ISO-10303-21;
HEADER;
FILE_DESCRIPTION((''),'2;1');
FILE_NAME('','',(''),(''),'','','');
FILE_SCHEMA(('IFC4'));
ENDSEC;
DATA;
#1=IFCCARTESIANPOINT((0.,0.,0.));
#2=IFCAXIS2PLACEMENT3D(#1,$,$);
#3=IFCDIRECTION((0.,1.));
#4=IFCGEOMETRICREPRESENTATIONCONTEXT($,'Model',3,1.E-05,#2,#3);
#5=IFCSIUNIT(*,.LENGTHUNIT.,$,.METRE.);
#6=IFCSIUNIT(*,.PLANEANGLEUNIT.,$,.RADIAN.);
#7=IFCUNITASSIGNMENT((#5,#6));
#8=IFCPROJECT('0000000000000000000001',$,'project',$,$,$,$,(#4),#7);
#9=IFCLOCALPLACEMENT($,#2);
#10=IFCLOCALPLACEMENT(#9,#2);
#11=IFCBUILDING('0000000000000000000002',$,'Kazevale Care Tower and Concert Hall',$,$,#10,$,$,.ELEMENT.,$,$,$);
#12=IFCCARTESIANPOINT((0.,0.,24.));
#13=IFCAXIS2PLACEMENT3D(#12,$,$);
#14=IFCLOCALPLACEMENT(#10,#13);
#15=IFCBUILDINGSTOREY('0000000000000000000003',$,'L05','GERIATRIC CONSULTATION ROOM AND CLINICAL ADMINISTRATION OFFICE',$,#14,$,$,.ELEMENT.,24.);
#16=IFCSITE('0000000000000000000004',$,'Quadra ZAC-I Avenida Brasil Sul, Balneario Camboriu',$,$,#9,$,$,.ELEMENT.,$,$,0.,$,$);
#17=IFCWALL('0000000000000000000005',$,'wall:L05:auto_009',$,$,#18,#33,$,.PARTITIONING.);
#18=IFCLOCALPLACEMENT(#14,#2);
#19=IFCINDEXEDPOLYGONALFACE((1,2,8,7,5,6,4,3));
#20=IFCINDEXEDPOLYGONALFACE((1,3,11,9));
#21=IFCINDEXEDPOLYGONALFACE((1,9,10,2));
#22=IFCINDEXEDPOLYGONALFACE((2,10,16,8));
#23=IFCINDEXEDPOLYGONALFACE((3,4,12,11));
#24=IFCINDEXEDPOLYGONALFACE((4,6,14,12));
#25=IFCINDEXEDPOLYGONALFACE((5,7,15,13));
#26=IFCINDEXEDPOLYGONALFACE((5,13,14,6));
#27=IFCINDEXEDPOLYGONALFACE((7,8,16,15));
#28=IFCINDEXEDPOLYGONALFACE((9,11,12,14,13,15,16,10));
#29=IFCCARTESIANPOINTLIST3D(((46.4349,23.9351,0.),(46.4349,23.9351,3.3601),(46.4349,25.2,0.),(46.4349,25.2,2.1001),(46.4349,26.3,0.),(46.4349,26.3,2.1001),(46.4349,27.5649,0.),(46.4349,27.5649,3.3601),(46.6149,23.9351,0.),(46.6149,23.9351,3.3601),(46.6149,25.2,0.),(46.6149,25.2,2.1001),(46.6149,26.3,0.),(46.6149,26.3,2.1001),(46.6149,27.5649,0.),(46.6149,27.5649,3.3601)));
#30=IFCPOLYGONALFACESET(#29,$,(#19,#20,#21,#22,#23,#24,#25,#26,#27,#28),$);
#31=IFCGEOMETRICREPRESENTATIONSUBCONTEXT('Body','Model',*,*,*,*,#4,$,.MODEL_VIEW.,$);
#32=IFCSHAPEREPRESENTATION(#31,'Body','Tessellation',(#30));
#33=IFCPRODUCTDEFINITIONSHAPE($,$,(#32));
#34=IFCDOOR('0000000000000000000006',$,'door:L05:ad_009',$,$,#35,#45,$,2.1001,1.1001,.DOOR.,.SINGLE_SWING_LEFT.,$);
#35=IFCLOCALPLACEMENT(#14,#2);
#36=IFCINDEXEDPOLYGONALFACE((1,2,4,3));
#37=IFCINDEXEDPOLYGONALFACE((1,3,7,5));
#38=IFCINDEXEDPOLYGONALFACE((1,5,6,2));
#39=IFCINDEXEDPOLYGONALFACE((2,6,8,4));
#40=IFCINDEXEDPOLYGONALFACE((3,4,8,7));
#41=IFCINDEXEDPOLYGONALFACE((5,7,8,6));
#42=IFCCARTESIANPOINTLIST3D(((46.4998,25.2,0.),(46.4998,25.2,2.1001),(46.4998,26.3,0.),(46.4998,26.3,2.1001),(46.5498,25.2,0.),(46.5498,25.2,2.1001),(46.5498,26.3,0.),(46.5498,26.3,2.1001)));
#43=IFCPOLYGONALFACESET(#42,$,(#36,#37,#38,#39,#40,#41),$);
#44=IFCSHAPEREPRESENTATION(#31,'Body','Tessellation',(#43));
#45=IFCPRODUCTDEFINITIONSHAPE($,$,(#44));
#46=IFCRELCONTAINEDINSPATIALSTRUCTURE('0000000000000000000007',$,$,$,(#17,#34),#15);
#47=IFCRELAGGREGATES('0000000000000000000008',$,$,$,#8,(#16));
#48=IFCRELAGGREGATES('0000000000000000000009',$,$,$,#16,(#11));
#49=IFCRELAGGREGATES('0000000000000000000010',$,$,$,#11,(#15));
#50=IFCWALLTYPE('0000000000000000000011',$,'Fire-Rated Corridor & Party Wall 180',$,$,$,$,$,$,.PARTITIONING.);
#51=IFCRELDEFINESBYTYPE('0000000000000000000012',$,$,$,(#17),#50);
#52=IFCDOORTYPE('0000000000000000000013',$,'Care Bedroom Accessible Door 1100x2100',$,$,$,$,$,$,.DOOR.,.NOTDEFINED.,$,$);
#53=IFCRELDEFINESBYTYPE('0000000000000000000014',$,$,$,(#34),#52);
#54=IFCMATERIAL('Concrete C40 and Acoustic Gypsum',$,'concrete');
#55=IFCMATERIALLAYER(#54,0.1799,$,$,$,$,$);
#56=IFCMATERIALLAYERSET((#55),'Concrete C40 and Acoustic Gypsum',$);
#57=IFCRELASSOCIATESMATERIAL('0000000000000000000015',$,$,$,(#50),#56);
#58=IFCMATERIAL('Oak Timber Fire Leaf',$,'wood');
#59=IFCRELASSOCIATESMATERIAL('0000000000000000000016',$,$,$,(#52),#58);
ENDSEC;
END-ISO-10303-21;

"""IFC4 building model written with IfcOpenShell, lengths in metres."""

from ifc_helpers import new_model, si_unit, direction, frame, frame_2d, origin, place, context, subcontext, project, spatial, rectangle, extrude, material, layer, layer_set, type_object, element, fill, save


model = new_model("IFC4")

# Units and contexts
model_context = context("Model", 3, precision=1e-05, world=origin(), true_north=direction((0.0, 1.0)))
body_context = subcontext(model_context, "Body", "Model", "MODEL_VIEW")
ifc_project = project(units=[si_unit("LENGTHUNIT", "METRE"), si_unit("PLANEANGLEUNIT", "RADIAN")], contexts=[model_context])

# Site, building, storey
site_placement = place(None, origin())
site = spatial("IfcSite", under=ifc_project, at=site_placement, Name="Quadra ZAC-I Avenida Brasil Sul, Balneario Camboriu", CompositionType="ELEMENT", RefElevation=0.0)
building_placement = place(site_placement, origin())
building = spatial("IfcBuilding", under=site, at=building_placement, Name="Kazevale Care Tower and Concert Hall", CompositionType="ELEMENT")
storey_placement = place(building_placement, frame((0.0, 0.0, 24.0)))
storey = spatial("IfcBuildingStorey", under=building, at=storey_placement, Name="L05", Description="GERIATRIC CONSULTATION ROOM AND CLINICAL ADMINISTRATION OFFICE", CompositionType="ELEMENT", Elevation=24.0)

# Wall, opening, door
ifc_material_1 = material(Name="Concrete C40 and Acoustic Gypsum", Category="concrete")
ifc_layer_1 = layer(ifc_material_1, 0.1799)
ifc_layer_set_1 = layer_set([ifc_layer_1], Name="Concrete C40 and Acoustic Gypsum")
wall_type_1 = type_object("IfcWallType", Name="Fire-Rated Corridor & Party Wall 180", PredefinedType="PARTITIONING", material=ifc_layer_set_1)
ifc_material_2 = material(Name="Oak Timber Fire Leaf", Category="wood")
wall_1_placement = place(storey_placement, frame((46.5249, 27.5649, 0.0), z_axis=(0.0, 0.0, 1.0), x_axis=(0.0, -1.0, 0.0)))
wall_1 = element("IfcWall", 1, at=wall_1_placement, inside=storey, type_object=wall_type_1, Name="wall:L05:auto_009", PredefinedType="PARTITIONING", context=body_context, shape_type="SweptSolid", body=[
    extrude(rectangle(XDim=3.6299, YDim=0.1799, at=frame_2d((1.8149, 0.0))), origin(), (0.0, 0.0, 1.0), 3.3601),
])
opening_1_placement = place(wall_1_placement, frame((1.2649, 0.0, 0.0)))
opening_1 = element("IfcOpeningElement", 2, at=opening_1_placement, cuts=wall_1, PredefinedType="OPENING", context=body_context, shape_type="SweptSolid", body=[
    extrude(rectangle(XDim=1.1001, YDim=2.1001, at=frame_2d((0.55, 1.05))), frame((0.0, 0.0999, 0.0), z_axis=(0.0, -1.0, 0.0), x_axis=(1.0, 0.0, 0.0)), (0.0, 0.0, 1.0), 0.2),
])
door_type_1 = type_object("IfcDoorType", Name="Care Bedroom Accessible Door 1100x2100", OperationType="NOTDEFINED", PredefinedType="DOOR", material=ifc_material_2)
door_1_placement = place(opening_1_placement, origin())
door_1 = element("IfcDoor", 3, at=door_1_placement, inside=storey, type_object=door_type_1, Name="door:L05:ad_009", OperationType="SINGLE_SWING_LEFT", OverallHeight=2.1001, OverallWidth=1.1001, PredefinedType="DOOR", context=body_context, shape_type="SweptSolid", body=[
    extrude(rectangle(XDim=1.1001, YDim=2.1001, at=frame_2d((0.55, 1.05))), frame((0.0, 0.0249, 0.0), z_axis=(0.0, -1.0, 0.0), x_axis=(1.0, 0.0, 0.0)), (0.0, 0.0, 1.0), 0.05),
])
fill(opening_1, door_1)

save(model, "model.ifc")
